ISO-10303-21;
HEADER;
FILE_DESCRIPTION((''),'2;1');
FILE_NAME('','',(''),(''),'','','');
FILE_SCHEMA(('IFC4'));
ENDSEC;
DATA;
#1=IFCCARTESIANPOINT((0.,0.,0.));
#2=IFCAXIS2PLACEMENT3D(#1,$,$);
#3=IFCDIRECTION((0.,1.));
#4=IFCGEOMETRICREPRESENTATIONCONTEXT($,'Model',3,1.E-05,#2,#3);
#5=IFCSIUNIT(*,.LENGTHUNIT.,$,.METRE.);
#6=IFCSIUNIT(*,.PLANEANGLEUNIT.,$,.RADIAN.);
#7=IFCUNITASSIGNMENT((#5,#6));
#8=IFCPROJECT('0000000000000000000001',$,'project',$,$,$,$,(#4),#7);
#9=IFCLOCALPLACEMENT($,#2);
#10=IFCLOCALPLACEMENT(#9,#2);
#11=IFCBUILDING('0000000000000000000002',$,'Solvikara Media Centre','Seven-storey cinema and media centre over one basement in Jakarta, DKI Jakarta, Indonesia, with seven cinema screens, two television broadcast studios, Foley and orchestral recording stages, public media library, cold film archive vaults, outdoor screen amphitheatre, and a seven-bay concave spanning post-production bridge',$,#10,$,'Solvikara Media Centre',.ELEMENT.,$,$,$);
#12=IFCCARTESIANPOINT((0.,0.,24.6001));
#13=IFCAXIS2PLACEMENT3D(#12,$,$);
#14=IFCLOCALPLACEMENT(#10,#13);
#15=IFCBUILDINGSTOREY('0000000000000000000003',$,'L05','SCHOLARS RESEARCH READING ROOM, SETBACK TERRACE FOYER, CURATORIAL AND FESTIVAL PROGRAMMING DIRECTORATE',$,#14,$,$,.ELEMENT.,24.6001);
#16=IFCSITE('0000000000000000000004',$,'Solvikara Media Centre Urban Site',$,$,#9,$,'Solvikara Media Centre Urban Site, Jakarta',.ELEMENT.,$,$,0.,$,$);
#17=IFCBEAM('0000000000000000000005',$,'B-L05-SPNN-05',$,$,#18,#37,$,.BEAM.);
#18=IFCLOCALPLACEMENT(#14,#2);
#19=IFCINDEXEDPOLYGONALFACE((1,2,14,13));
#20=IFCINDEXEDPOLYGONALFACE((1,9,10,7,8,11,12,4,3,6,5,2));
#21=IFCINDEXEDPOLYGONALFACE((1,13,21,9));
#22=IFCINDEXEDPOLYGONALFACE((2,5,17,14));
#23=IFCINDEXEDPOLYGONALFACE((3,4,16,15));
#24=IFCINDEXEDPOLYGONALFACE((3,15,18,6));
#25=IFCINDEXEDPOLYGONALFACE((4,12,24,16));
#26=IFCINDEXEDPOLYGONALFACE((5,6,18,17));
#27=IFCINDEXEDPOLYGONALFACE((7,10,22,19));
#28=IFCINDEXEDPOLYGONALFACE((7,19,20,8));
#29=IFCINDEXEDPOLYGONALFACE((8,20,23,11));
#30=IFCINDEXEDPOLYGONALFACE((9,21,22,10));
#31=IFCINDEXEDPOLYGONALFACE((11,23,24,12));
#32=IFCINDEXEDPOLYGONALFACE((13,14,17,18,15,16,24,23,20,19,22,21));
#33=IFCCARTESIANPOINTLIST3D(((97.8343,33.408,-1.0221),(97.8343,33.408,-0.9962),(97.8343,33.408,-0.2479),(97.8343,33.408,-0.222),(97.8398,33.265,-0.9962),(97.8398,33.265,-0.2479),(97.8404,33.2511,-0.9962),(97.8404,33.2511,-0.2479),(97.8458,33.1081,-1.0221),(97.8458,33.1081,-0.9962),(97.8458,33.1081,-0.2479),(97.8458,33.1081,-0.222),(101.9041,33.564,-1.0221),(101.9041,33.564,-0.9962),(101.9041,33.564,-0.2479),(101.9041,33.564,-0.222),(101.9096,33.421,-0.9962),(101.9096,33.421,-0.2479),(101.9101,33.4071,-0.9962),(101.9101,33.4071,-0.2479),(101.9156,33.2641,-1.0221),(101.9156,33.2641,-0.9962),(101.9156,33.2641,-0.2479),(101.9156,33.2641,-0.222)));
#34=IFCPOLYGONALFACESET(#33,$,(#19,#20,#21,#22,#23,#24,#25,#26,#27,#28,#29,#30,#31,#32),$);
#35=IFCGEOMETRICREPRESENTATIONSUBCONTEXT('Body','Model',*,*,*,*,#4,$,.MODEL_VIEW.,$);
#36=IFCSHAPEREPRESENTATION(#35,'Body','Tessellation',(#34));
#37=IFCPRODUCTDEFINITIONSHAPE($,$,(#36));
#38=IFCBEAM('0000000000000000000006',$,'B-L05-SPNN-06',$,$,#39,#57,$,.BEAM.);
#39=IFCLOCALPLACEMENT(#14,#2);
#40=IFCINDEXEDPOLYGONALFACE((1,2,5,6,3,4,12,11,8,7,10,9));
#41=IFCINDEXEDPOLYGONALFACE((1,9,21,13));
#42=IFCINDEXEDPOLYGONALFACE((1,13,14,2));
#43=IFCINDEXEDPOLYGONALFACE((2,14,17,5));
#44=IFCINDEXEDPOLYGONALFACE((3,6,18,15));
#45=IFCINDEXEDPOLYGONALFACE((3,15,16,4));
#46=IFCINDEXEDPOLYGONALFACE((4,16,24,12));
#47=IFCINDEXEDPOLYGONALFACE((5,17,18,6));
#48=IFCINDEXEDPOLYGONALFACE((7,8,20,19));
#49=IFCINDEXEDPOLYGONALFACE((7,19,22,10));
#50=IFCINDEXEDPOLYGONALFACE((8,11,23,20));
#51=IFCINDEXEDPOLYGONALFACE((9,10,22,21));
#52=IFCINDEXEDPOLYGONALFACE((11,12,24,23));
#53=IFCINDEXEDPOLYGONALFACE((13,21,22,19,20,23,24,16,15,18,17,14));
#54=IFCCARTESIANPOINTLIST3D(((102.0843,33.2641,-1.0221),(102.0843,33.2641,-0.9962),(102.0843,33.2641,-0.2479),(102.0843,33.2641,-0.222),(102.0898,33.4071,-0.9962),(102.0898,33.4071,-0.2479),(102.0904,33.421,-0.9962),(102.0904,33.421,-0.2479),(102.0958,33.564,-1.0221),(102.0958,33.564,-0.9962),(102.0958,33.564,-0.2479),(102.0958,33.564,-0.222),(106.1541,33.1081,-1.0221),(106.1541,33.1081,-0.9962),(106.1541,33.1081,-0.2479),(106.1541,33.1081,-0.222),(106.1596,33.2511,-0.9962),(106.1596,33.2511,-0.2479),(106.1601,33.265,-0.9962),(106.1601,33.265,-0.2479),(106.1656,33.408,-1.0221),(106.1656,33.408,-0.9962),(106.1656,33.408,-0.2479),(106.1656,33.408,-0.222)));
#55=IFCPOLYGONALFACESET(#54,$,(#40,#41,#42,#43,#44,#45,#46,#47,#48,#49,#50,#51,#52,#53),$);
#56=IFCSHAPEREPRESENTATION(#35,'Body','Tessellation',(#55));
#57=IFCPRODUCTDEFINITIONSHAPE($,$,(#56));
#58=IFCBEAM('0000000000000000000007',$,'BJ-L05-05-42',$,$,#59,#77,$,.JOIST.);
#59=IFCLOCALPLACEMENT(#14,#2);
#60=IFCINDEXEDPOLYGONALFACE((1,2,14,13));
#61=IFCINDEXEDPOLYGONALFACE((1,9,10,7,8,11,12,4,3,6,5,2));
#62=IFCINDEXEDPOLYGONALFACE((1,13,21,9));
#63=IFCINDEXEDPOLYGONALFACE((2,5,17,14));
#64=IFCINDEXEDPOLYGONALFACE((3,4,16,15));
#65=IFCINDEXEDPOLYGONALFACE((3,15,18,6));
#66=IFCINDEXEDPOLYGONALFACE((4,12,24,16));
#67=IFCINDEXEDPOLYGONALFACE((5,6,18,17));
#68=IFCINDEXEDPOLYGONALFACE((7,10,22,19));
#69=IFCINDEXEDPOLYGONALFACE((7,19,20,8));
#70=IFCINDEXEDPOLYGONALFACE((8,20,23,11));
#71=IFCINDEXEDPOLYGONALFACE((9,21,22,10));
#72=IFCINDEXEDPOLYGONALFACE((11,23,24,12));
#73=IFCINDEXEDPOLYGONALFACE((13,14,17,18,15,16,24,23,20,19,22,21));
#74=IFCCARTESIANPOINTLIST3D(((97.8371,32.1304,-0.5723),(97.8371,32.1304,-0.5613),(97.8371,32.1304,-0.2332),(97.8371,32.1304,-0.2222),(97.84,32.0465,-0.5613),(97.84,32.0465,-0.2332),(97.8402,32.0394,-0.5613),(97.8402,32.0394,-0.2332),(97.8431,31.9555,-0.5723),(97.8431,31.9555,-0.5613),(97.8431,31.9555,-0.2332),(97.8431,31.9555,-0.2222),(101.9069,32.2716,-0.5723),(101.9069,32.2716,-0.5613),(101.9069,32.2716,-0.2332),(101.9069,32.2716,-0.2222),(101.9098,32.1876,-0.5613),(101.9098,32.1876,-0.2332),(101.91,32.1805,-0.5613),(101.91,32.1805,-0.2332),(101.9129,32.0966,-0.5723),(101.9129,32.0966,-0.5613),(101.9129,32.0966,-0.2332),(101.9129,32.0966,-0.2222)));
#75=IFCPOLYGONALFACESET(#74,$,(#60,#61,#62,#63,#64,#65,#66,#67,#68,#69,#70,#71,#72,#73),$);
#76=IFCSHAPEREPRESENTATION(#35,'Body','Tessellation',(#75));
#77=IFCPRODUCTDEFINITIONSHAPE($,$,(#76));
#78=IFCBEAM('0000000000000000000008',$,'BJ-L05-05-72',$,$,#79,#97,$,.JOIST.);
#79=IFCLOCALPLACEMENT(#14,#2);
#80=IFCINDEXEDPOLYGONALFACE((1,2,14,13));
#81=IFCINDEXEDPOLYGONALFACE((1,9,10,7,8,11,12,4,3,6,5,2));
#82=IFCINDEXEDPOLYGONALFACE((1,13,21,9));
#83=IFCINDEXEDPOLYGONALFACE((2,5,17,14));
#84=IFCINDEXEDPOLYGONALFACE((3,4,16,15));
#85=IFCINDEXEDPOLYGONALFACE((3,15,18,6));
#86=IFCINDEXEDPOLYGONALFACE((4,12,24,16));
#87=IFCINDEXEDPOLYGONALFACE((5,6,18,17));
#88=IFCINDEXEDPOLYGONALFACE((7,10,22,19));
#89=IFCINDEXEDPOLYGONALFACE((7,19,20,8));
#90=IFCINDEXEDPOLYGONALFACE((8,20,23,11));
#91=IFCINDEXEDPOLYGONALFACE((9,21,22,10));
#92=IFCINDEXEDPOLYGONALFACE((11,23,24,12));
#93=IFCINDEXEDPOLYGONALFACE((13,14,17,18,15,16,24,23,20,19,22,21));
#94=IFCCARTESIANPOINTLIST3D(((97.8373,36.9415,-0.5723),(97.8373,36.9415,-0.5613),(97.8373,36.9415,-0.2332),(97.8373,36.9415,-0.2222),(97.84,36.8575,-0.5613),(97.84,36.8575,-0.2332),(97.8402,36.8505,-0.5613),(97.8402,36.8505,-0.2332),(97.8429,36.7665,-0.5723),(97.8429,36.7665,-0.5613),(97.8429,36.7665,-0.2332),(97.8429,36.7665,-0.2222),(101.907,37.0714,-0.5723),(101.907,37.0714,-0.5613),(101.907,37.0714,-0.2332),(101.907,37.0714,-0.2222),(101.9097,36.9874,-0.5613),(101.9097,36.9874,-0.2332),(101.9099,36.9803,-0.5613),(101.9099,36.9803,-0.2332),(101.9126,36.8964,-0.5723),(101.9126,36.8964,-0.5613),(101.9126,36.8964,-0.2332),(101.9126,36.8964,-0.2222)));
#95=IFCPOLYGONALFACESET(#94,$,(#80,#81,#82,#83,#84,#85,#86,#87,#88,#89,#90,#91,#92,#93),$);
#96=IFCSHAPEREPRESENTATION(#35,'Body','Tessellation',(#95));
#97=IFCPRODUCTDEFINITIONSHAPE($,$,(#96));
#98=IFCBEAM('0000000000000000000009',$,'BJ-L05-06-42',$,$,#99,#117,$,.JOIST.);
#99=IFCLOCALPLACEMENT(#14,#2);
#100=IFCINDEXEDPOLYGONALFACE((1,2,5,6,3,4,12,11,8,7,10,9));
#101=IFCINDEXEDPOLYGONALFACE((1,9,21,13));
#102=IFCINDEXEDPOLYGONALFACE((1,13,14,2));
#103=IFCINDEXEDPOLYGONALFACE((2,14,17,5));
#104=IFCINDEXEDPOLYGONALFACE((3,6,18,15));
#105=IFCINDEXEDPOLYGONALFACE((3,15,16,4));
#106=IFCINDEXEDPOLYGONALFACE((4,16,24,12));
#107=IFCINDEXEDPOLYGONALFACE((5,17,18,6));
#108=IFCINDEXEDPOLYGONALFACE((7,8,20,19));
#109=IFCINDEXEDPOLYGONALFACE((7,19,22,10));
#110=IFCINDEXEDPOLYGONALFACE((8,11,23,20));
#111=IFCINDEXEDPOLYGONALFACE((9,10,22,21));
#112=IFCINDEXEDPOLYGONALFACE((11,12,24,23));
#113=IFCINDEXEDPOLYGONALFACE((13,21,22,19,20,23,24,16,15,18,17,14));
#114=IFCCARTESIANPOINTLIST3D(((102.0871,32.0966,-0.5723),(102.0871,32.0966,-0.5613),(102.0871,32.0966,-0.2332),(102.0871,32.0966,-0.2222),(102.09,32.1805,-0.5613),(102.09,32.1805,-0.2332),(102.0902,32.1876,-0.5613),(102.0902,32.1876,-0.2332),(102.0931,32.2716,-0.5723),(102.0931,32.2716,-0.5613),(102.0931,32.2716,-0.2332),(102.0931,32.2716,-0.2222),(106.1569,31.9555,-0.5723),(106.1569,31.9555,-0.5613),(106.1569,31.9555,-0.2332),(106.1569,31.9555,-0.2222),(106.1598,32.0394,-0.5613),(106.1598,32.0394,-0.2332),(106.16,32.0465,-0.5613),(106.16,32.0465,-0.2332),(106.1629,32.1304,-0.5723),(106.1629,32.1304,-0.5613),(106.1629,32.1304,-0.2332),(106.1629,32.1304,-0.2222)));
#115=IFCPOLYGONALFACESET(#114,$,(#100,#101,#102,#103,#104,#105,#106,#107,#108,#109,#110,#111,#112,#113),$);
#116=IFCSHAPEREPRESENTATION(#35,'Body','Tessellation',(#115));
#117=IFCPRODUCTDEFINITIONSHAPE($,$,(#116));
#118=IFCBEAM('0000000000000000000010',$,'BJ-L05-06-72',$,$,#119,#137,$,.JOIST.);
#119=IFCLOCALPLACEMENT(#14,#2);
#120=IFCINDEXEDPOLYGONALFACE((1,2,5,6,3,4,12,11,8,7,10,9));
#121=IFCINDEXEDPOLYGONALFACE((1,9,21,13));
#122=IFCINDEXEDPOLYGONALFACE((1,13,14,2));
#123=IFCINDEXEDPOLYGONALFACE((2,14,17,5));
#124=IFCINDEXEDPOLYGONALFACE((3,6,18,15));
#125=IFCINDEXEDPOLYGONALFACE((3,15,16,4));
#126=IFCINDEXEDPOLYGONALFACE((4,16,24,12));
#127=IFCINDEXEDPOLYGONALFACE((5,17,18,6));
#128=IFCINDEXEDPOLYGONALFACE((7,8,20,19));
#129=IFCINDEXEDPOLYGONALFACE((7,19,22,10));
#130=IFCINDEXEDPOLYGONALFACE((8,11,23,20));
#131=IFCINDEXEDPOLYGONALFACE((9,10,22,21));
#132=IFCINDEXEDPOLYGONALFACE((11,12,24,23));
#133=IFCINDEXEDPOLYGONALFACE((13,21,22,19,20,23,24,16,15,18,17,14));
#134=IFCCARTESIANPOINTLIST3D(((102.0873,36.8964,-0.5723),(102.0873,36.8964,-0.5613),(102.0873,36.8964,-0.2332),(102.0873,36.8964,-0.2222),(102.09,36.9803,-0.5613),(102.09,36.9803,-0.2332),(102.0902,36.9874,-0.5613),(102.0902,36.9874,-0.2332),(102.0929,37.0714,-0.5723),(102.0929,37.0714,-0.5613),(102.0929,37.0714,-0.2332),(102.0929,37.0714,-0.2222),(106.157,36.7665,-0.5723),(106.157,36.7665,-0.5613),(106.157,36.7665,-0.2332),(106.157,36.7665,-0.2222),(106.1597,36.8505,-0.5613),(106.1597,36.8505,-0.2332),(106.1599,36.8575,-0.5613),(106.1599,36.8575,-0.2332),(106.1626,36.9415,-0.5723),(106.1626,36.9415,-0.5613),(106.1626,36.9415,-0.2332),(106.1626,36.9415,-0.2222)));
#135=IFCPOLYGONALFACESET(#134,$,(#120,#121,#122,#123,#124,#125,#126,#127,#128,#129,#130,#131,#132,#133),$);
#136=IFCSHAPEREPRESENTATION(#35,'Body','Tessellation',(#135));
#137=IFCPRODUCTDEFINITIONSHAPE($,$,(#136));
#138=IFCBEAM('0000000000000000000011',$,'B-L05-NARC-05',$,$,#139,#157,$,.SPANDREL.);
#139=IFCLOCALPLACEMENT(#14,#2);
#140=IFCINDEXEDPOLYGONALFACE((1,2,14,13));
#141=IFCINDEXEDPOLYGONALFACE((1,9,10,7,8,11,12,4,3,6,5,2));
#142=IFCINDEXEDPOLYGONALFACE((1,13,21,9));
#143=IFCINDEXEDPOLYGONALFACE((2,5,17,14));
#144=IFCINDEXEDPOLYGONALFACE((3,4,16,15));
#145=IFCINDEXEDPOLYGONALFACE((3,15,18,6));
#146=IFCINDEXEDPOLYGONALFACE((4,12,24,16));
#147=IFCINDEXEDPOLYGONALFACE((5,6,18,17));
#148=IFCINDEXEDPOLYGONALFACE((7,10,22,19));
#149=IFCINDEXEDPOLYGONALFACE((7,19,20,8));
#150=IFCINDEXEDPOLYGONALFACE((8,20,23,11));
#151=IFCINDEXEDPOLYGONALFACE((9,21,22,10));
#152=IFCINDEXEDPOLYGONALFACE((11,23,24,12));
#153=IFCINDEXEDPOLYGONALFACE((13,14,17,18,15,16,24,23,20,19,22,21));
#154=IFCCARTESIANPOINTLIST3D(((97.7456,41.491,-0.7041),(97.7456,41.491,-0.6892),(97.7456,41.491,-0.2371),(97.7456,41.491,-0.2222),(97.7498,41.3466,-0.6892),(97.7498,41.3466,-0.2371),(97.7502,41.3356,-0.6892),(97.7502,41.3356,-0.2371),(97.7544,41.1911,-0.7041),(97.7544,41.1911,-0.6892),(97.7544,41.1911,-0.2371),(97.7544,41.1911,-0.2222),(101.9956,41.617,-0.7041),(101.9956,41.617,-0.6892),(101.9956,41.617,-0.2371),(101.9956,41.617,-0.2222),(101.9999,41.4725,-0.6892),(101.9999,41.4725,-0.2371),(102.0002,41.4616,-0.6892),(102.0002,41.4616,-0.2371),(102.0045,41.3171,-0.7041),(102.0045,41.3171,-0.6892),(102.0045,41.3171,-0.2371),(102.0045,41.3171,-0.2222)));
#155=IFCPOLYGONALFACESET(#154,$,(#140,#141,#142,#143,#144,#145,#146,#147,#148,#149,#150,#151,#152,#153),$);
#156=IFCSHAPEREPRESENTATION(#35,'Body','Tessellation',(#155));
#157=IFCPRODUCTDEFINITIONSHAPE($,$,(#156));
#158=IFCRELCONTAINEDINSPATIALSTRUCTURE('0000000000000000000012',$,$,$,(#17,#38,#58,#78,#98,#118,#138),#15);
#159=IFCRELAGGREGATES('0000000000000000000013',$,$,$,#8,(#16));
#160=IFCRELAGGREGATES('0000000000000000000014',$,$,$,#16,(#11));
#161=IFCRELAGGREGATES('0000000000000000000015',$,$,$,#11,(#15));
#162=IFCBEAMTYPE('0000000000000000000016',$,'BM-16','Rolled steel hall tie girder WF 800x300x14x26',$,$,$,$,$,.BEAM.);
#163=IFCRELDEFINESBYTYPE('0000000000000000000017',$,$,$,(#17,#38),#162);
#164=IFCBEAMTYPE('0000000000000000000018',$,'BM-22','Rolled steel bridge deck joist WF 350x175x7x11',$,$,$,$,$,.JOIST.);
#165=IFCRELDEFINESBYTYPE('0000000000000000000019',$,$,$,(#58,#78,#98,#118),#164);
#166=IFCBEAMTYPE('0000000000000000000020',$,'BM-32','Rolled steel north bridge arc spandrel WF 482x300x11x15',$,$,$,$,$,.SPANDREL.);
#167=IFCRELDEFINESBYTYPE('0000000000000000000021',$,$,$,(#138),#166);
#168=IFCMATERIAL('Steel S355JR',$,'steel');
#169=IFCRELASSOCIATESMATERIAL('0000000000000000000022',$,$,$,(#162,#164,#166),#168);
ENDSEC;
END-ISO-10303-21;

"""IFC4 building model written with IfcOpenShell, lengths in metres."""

from ifc_helpers import new_model, si_unit, direction, frame, origin, origin_2d, place, context, subcontext, project, spatial, i_section, extrude, material, material_profile, profile_set, type_object, element, save


model = new_model("IFC4")

# Units and contexts
model_context = context("Model", 3, precision=1e-05, world=origin(), true_north=direction((0.0, 1.0)))
body_context = subcontext(model_context, "Body", "Model", "MODEL_VIEW")
ifc_project = project(units=[si_unit("LENGTHUNIT", "METRE"), si_unit("PLANEANGLEUNIT", "RADIAN")], contexts=[model_context])

# Site, building, storey
site_placement = place(None, origin())
site = spatial("IfcSite", under=ifc_project, at=site_placement, Name="Solvikara Media Centre Urban Site", LongName="Solvikara Media Centre Urban Site, Jakarta", CompositionType="ELEMENT", RefElevation=0.0)
building_placement = place(site_placement, origin())
building = spatial("IfcBuilding", under=site, at=building_placement, Name="Solvikara Media Centre", Description="Seven-storey cinema and media centre over one basement in Jakarta, DKI Jakarta, Indonesia, with seven cinema screens, two television broadcast studios, Foley and orchestral recording stages, public media library, cold film archive vaults, outdoor screen amphitheatre, and a seven-bay concave spanning post-production bridge", LongName="Solvikara Media Centre", CompositionType="ELEMENT")
storey_placement = place(building_placement, frame((0.0, 0.0, 24.6001)))
storey = spatial("IfcBuildingStorey", under=building, at=storey_placement, Name="L05", Description="SCHOLARS RESEARCH READING ROOM, SETBACK TERRACE FOYER, CURATORIAL AND FESTIVAL PROGRAMMING DIRECTORATE", CompositionType="ELEMENT", Elevation=24.6001)

# Beams
ifc_material_1 = material(Name="Steel S355JR", Category="steel")
ifc_material_profile_1 = material_profile(ifc_material_1, i_section(OverallWidth=0.3, OverallDepth=0.8, WebThickness=0.0139, FlangeThickness=0.0259, at=origin_2d()), Name="WF 800x300x14x26")
ifc_profile_set_1 = profile_set([ifc_material_profile_1], Name="Steel S355JR")
beam_type_1 = type_object("IfcBeamType", Name="BM-16", Description="Rolled steel hall tie girder WF 800x300x14x26", PredefinedType="BEAM", material=ifc_profile_set_1)
for number, where, z_axis, x_axis, name in (
    (1, (97.8401, 33.2581, -0.6221), (0.999266, 0.038304, 0.0), (-0.038304, 0.999266, 0.0), "B-L05-SPNN-05"),
    (2, (102.0901, 33.4141, -0.6221), (0.999266, -0.038304, 0.0), (0.038304, 0.999266, 0.0), "B-L05-SPNN-06"),
):
    element("IfcBeam", number, at=place(storey_placement, frame(where, z_axis=z_axis, x_axis=x_axis)), inside=storey, type_object=beam_type_1, Name=name, PredefinedType="BEAM", context=body_context, shape_type="SweptSolid", body=[
        extrude(i_section(OverallWidth=0.3, OverallDepth=0.8, WebThickness=0.0139, FlangeThickness=0.0259, at=origin_2d()), origin(), (0.0, 0.0, 1.0), 4.0728),
    ])
ifc_material_profile_2 = material_profile(ifc_material_1, i_section(OverallWidth=0.175, OverallDepth=0.3501, WebThickness=0.0071, FlangeThickness=0.011, at=origin_2d()), Name="WF 350x175x7x11")
ifc_profile_set_2 = profile_set([ifc_material_profile_2], Name="Steel S355JR")
beam_type_2 = type_object("IfcBeamType", Name="BM-22", Description="Rolled steel bridge deck joist WF 350x175x7x11", PredefinedType="JOIST", material=ifc_profile_set_2)
beam_1_placement = place(storey_placement, frame((97.8401, 32.043, -0.3972), z_axis=(0.999399, 0.034652, 0.0), x_axis=(-0.034652, 0.999399, 0.0)))
element("IfcBeam", 3, at=beam_1_placement, inside=storey, type_object=beam_type_2, Name="BJ-L05-05-42", PredefinedType="JOIST", context=body_context, shape_type="SweptSolid", body=[
    extrude(i_section(OverallWidth=0.175, OverallDepth=0.3501, WebThickness=0.0071, FlangeThickness=0.011, at=origin_2d()), origin(), (0.0, 0.0, 1.0), 4.0723),
])
beam_2_placement = place(storey_placement, frame((97.8401, 36.854, -0.3972), z_axis=(0.999491, 0.031897, 0.0), x_axis=(-0.031897, 0.999491, 0.0)))
element("IfcBeam", 4, at=beam_2_placement, inside=storey, type_object=beam_type_2, Name="BJ-L05-05-72", PredefinedType="JOIST", context=body_context, shape_type="SweptSolid", body=[
    extrude(i_section(OverallWidth=0.175, OverallDepth=0.3501, WebThickness=0.0071, FlangeThickness=0.011, at=origin_2d()), origin(), (0.0, 0.0, 1.0), 4.0718),
])
beam_3_placement = place(storey_placement, frame((102.0901, 32.1841, -0.3972), z_axis=(0.999399, -0.034652, 0.0), x_axis=(0.034652, 0.999399, 0.0)))
element("IfcBeam", 5, at=beam_3_placement, inside=storey, type_object=beam_type_2, Name="BJ-L05-06-42", PredefinedType="JOIST", context=body_context, shape_type="SweptSolid", body=[
    extrude(i_section(OverallWidth=0.175, OverallDepth=0.3501, WebThickness=0.0071, FlangeThickness=0.011, at=origin_2d()), origin(), (0.0, 0.0, 1.0), 4.0723),
])
beam_4_placement = place(storey_placement, frame((102.0901, 36.9839, -0.3972), z_axis=(0.999491, -0.031897, 0.0), x_axis=(0.031897, 0.999491, 0.0)))
element("IfcBeam", 6, at=beam_4_placement, inside=storey, type_object=beam_type_2, Name="BJ-L05-06-72", PredefinedType="JOIST", context=body_context, shape_type="SweptSolid", body=[
    extrude(i_section(OverallWidth=0.175, OverallDepth=0.3501, WebThickness=0.0071, FlangeThickness=0.011, at=origin_2d()), origin(), (0.0, 0.0, 1.0), 4.0718),
])
ifc_material_profile_3 = material_profile(ifc_material_1, i_section(OverallWidth=0.3, OverallDepth=0.4819, WebThickness=0.011, FlangeThickness=0.0149, at=origin_2d()), Name="WF 482x300x11x15")
ifc_profile_set_3 = profile_set([ifc_material_profile_3], Name="Steel S355JR")
beam_type_3 = type_object("IfcBeamType", Name="BM-32", Description="Rolled steel north bridge arc spandrel WF 482x300x11x15", PredefinedType="SPANDREL", material=ifc_profile_set_3)
beam_5_placement = place(storey_placement, frame((97.75, 41.3411, -0.4631), z_axis=(0.999561, 0.029629, 0.0), x_axis=(-0.029629, 0.999561, 0.0)))
element("IfcBeam", 7, at=beam_5_placement, inside=storey, type_object=beam_type_3, Name="B-L05-NARC-05", PredefinedType="SPANDREL", context=body_context, shape_type="SweptSolid", body=[
    extrude(i_section(OverallWidth=0.3, OverallDepth=0.4819, WebThickness=0.011, FlangeThickness=0.0149, at=origin_2d()), origin(), (0.0, 0.0, 1.0), 4.252),
])

save(model, "model.ifc")
